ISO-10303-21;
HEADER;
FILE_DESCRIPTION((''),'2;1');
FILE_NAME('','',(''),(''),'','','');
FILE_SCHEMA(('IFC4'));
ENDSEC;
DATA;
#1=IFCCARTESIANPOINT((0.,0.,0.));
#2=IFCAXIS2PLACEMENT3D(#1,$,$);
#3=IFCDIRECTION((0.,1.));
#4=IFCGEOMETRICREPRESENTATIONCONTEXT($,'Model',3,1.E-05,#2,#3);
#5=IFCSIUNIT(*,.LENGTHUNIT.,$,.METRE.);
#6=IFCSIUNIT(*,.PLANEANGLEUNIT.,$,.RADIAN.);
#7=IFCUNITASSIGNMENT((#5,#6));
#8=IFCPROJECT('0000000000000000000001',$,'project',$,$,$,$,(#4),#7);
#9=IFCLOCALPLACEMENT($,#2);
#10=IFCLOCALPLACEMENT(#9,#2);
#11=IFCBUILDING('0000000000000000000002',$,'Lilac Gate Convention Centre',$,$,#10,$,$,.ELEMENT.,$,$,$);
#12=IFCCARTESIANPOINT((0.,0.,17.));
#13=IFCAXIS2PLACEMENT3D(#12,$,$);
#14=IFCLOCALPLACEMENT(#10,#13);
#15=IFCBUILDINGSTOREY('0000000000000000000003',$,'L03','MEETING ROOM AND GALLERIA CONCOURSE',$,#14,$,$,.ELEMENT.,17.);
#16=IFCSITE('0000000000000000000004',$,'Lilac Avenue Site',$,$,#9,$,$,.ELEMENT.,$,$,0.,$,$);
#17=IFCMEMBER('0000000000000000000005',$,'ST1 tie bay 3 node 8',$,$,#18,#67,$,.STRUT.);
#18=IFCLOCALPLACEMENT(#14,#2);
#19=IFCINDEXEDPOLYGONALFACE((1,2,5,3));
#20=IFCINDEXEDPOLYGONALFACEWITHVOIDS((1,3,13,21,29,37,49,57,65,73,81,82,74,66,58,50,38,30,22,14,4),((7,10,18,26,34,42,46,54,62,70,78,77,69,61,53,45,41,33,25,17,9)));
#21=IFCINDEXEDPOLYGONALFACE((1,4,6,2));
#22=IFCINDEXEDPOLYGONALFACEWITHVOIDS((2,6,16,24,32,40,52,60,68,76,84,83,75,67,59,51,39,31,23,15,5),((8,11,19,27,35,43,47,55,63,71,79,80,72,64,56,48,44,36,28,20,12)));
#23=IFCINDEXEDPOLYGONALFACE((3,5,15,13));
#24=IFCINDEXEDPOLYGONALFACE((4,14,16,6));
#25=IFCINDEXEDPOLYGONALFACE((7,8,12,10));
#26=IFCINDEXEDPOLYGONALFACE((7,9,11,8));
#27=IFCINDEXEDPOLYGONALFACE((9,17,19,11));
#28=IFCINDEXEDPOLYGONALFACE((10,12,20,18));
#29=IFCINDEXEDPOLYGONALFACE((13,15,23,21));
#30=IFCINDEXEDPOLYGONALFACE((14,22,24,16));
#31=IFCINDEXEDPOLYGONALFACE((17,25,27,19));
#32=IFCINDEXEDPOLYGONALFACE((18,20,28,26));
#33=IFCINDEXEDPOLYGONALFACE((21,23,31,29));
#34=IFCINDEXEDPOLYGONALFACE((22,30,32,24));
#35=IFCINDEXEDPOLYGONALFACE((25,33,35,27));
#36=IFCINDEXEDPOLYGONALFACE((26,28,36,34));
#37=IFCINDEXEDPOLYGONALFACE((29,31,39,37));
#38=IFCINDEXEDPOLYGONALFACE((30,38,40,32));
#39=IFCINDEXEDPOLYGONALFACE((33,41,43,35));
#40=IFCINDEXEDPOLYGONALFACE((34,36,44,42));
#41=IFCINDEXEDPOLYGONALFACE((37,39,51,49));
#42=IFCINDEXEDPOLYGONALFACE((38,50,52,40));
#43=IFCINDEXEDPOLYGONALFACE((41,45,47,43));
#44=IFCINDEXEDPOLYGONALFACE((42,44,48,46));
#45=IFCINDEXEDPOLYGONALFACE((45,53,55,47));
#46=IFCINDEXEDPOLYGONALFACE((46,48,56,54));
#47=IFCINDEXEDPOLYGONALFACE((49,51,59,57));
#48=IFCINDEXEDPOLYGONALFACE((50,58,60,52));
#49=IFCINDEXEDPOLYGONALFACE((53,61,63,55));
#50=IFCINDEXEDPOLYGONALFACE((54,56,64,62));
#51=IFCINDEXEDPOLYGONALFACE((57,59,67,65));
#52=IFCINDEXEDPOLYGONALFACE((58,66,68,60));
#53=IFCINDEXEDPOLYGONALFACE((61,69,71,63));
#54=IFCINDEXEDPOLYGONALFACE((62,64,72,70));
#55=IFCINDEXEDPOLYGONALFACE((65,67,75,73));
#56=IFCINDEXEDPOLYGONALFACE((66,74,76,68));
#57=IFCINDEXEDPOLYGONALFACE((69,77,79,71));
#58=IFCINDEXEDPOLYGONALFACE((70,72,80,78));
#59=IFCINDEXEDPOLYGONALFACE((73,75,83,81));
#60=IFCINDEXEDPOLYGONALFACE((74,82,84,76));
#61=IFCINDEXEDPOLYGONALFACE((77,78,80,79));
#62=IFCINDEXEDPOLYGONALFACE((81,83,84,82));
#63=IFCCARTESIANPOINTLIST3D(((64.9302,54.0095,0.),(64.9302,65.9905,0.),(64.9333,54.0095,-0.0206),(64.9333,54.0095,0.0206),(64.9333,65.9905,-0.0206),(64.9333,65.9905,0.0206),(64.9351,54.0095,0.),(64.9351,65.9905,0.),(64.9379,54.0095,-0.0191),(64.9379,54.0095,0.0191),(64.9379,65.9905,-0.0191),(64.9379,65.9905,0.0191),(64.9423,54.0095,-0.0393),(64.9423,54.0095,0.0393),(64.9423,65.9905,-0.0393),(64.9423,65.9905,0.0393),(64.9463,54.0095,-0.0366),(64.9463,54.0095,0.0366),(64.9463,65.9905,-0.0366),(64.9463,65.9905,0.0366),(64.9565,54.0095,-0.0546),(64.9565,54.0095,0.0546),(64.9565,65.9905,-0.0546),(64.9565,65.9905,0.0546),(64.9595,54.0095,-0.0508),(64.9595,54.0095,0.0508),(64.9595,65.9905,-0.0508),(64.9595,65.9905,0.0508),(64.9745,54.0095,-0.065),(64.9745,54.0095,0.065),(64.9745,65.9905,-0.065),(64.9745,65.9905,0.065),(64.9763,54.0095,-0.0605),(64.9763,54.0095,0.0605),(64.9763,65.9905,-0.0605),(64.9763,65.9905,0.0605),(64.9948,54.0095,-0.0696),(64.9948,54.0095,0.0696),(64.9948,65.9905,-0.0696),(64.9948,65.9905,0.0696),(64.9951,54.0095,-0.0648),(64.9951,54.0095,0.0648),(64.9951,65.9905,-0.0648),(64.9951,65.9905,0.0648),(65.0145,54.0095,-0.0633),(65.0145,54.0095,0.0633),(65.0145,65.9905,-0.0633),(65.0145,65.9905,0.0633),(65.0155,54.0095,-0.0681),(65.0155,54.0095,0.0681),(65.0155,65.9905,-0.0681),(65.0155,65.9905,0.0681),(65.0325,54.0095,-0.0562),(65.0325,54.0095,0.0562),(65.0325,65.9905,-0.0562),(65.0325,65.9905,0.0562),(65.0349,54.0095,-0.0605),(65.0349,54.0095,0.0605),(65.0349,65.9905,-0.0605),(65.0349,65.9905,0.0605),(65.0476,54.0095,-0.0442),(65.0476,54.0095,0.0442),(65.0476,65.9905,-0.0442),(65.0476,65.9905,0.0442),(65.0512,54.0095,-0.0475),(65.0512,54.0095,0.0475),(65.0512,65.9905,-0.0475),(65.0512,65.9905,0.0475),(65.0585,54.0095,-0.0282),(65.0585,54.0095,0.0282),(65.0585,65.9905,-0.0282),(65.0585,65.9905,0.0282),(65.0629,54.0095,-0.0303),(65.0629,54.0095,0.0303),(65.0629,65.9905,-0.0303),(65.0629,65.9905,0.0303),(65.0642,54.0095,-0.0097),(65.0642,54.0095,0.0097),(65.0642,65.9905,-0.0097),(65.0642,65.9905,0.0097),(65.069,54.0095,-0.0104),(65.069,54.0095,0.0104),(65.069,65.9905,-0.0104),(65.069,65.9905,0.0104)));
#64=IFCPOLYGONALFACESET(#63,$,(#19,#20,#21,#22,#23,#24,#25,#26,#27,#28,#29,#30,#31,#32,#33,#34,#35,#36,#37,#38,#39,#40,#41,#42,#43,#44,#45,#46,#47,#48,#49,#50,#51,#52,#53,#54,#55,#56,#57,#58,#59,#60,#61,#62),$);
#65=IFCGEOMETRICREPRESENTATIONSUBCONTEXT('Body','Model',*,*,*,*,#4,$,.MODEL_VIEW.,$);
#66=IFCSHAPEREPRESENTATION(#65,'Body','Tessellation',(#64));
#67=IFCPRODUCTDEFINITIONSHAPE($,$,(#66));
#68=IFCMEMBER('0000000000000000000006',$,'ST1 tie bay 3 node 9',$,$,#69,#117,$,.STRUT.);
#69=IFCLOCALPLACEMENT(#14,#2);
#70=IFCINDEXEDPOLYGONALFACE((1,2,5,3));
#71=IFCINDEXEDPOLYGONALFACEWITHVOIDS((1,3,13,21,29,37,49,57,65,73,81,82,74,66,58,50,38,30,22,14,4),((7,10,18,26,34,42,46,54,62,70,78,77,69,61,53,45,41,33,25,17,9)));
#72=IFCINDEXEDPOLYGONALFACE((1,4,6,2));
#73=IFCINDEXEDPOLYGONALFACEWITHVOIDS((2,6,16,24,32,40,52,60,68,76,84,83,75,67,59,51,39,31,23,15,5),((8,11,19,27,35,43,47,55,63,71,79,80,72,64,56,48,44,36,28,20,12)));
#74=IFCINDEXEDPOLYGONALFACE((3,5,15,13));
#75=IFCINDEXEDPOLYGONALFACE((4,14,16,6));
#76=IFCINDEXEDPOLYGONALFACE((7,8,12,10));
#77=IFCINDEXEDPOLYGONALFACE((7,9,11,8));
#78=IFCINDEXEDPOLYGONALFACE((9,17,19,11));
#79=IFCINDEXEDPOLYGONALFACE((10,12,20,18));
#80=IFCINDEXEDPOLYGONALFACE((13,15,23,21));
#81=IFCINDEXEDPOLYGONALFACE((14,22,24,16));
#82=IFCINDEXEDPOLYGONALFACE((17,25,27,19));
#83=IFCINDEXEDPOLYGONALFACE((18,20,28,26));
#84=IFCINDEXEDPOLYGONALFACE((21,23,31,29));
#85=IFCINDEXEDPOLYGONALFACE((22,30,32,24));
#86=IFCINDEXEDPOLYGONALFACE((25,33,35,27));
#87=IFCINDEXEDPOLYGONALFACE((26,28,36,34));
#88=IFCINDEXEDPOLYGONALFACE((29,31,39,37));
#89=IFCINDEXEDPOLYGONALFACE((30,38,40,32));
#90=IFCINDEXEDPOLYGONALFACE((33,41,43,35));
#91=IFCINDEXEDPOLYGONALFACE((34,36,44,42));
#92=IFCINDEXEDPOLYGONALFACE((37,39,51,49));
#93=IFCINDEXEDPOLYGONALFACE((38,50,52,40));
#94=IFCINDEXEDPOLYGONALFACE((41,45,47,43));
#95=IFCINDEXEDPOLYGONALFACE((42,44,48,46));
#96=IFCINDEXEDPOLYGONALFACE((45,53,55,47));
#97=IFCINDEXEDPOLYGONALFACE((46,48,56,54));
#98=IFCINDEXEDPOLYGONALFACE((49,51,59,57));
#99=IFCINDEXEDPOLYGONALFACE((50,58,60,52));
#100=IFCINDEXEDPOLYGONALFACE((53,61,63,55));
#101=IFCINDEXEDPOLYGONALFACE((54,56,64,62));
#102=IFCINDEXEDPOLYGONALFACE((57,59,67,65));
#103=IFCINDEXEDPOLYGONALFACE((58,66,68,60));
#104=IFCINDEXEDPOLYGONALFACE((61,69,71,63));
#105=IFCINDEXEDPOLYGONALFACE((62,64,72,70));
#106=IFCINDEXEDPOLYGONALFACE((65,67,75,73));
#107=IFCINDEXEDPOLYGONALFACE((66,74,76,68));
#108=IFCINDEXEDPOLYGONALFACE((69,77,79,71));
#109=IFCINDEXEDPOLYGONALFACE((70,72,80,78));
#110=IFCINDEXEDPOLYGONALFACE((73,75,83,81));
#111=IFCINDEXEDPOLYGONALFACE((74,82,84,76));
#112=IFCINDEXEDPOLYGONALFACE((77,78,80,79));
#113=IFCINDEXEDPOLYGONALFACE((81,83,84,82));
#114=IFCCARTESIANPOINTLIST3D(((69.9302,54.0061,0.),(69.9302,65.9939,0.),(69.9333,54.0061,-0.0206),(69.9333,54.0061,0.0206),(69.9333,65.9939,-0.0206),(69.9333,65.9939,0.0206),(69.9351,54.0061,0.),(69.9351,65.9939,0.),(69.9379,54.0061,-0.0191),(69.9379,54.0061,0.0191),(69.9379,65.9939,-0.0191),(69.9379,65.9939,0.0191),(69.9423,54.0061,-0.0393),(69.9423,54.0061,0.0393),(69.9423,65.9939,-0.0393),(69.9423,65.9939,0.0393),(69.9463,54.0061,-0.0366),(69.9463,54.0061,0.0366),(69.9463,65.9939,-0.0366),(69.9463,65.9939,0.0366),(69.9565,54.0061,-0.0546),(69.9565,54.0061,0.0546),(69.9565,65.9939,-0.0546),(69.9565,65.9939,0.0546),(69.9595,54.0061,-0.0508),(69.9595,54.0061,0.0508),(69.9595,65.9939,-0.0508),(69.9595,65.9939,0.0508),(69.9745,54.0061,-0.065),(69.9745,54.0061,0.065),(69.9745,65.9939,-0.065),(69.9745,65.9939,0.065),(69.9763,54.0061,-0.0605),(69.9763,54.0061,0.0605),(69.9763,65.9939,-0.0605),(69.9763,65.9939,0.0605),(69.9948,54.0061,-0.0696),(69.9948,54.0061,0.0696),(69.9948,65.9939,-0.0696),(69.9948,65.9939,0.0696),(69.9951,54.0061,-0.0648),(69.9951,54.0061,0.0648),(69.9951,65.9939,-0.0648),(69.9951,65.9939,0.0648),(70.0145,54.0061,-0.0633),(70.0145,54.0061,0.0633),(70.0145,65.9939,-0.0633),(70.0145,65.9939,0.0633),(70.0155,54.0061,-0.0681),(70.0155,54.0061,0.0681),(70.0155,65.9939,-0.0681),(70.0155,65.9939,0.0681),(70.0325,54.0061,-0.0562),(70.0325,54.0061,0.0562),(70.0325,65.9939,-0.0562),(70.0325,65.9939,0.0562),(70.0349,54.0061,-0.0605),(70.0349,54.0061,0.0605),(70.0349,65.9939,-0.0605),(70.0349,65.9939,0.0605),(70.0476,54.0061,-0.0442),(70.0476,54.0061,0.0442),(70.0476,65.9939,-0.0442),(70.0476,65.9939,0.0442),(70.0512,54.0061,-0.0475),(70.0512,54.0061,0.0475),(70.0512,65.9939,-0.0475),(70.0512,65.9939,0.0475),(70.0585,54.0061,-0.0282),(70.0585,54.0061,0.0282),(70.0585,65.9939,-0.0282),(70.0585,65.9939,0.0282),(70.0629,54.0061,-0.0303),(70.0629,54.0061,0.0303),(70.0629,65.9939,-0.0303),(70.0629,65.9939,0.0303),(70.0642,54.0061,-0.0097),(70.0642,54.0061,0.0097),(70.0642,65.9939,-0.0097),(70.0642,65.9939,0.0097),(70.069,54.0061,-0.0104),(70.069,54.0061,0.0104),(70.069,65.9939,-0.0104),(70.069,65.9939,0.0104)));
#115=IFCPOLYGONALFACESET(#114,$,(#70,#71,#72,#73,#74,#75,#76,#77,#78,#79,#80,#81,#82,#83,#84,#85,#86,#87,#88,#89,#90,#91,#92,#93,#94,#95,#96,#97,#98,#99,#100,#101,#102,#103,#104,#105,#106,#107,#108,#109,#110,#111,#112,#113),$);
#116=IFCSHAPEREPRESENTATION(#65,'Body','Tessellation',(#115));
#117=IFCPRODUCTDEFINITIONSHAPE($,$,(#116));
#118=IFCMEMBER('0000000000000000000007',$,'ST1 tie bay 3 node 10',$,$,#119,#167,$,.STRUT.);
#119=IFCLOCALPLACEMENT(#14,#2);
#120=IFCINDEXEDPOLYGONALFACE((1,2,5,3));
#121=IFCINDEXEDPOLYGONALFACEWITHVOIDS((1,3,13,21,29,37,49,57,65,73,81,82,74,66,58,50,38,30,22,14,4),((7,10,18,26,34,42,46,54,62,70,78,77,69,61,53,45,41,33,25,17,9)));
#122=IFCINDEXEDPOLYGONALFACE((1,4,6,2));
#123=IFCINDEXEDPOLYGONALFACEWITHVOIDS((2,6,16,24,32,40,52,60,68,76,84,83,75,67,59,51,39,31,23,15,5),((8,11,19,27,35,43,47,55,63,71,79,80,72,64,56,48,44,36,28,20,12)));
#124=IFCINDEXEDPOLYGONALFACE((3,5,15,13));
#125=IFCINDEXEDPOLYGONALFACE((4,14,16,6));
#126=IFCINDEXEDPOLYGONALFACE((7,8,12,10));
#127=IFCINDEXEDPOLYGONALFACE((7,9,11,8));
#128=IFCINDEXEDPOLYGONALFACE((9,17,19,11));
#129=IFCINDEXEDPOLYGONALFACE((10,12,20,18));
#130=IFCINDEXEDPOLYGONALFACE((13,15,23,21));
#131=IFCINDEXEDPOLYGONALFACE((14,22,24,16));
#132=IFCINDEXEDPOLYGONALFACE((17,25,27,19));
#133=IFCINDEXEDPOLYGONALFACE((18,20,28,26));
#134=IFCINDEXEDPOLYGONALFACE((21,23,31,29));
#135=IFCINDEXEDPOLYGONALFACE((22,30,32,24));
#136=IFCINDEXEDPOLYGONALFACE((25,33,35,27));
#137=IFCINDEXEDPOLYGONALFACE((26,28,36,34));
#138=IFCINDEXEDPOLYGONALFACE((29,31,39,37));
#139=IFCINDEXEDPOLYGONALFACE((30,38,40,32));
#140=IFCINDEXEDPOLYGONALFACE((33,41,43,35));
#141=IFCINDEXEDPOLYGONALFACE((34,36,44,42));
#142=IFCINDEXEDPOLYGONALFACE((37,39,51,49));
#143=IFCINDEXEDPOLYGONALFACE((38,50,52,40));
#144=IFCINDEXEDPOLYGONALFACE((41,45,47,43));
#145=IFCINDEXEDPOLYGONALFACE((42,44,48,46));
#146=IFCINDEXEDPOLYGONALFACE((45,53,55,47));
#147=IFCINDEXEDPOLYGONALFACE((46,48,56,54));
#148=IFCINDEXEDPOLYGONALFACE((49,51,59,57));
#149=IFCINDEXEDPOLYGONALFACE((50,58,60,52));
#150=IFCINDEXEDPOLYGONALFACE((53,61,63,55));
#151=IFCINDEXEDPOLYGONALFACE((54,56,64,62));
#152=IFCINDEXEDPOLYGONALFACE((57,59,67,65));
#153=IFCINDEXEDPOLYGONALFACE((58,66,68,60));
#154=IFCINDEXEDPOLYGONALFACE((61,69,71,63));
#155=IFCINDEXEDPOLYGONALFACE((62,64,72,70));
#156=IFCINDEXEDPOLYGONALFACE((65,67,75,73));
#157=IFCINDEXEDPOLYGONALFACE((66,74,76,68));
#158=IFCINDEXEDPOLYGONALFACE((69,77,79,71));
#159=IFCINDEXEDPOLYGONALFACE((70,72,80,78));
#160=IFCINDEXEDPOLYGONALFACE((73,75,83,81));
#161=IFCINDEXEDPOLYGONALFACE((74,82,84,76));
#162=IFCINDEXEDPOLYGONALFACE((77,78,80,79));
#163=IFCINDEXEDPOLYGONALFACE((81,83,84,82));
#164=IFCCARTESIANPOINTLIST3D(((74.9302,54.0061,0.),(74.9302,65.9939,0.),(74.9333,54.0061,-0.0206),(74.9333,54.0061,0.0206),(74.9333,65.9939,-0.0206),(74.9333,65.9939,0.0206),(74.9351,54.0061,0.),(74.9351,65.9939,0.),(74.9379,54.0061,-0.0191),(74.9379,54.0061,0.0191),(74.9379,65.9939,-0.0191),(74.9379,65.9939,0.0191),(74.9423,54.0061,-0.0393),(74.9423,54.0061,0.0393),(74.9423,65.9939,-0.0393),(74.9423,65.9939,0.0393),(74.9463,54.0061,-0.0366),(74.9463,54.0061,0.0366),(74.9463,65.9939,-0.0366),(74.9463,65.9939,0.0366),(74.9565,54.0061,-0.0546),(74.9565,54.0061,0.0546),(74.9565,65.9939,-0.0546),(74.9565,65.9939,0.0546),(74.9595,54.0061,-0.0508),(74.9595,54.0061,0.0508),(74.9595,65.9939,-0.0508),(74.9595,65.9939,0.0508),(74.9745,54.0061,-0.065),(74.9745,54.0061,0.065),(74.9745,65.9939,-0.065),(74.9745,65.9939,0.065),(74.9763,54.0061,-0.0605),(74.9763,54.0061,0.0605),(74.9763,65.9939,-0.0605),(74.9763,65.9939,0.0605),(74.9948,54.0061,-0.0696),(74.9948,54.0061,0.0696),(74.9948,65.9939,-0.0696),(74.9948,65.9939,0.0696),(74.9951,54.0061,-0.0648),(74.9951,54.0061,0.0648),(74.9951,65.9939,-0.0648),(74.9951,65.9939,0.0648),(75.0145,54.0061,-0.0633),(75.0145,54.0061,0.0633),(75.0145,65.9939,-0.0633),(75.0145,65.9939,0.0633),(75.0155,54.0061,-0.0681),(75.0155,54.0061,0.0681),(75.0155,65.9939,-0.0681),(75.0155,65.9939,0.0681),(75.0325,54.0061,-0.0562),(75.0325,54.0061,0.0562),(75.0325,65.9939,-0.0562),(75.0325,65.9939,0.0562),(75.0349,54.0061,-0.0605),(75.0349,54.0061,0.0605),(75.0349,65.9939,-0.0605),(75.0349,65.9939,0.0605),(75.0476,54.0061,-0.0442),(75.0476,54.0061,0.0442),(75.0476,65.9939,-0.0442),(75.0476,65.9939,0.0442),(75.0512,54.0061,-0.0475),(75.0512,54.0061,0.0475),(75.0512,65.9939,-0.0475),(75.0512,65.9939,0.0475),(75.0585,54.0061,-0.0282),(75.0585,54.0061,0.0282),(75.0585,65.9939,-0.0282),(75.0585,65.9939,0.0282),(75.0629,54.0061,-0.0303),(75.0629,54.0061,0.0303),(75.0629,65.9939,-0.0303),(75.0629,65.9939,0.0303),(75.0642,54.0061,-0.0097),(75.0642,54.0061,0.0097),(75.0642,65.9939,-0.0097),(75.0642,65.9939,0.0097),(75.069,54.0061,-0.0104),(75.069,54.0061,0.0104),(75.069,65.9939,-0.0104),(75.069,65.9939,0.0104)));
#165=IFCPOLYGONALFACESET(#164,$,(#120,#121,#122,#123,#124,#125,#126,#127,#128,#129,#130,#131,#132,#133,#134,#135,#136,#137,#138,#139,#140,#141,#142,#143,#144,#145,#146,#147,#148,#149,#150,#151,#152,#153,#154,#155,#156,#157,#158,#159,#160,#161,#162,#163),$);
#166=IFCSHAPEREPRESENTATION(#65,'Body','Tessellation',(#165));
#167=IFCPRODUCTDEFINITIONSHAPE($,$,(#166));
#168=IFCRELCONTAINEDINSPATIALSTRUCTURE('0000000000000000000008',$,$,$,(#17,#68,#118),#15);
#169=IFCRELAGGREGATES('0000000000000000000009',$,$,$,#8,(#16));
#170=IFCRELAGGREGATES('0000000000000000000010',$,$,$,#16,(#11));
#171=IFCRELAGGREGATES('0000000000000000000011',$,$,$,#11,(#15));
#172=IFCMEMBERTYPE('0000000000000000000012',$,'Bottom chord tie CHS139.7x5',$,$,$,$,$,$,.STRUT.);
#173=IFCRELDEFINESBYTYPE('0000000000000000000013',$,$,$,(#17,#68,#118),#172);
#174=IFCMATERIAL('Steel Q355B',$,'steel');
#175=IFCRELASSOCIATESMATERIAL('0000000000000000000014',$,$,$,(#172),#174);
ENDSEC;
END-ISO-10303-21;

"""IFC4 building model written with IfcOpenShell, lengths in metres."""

from ifc_helpers import new_model, si_unit, direction, frame, origin, origin_2d, place, context, subcontext, project, spatial, hollow_circle, extrude, material, material_profile, profile_set, type_object, element, save


model = new_model("IFC4")

# Units and contexts
model_context = context("Model", 3, precision=1e-05, world=origin(), true_north=direction((0.0, 1.0)))
body_context = subcontext(model_context, "Body", "Model", "MODEL_VIEW")
ifc_project = project(units=[si_unit("LENGTHUNIT", "METRE"), si_unit("PLANEANGLEUNIT", "RADIAN")], contexts=[model_context])

# Site, building, storey
site_placement = place(None, origin())
site = spatial("IfcSite", under=ifc_project, at=site_placement, Name="Lilac Avenue Site", CompositionType="ELEMENT", RefElevation=0.0)
building_placement = place(site_placement, origin())
building = spatial("IfcBuilding", under=site, at=building_placement, Name="Lilac Gate Convention Centre", CompositionType="ELEMENT")
storey_placement = place(building_placement, frame((0.0, 0.0, 17.0)))
storey = spatial("IfcBuildingStorey", under=building, at=storey_placement, Name="L03", Description="MEETING ROOM AND GALLERIA CONCOURSE", CompositionType="ELEMENT", Elevation=17.0)

# Members
ifc_material = material(Name="Steel Q355B", Category="steel")
ifc_material_profile_1 = material_profile(ifc_material, hollow_circle(Radius=0.0698, WallThickness=0.0049, at=origin_2d()), Name="CHS139.7x5")
ifc_profile_set_1 = profile_set([ifc_material_profile_1], Name="Steel Q355B")
member_type_1 = type_object("IfcMemberType", Name="Bottom chord tie CHS139.7x5", PredefinedType="STRUT", material=ifc_profile_set_1)
member_1_placement = place(storey_placement, frame((65.0, 54.0095, 0.0), z_axis=(0.0, 1.0, 0.0), x_axis=(-1.0, 0.0, 0.0)))
element("IfcMember", 1, at=member_1_placement, inside=storey, type_object=member_type_1, Name="ST1 tie bay 3 node 8", PredefinedType="STRUT", context=body_context, shape_type="SweptSolid", body=[
    extrude(hollow_circle(Radius=0.0698, WallThickness=0.0049, at=origin_2d()), origin(), (0.0, 0.0, 1.0), 11.981),
])
for number, where, z_axis, x_axis, name in (
    (2, (70.0, 54.0061, 0.0), (0.0, 1.0, 0.0), (-1.0, 0.0, 0.0), "ST1 tie bay 3 node 9"),
    (3, (75.0, 54.0061, 0.0), (0.0, 1.0, 0.0), (-1.0, 0.0, 0.0), "ST1 tie bay 3 node 10"),
):
    element("IfcMember", number, at=place(storey_placement, frame(where, z_axis=z_axis, x_axis=x_axis)), inside=storey, type_object=member_type_1, Name=name, PredefinedType="STRUT", context=body_context, shape_type="SweptSolid", body=[
        extrude(hollow_circle(Radius=0.0698, WallThickness=0.0049, at=origin_2d()), origin(), (0.0, 0.0, 1.0), 11.9878),
    ])

save(model, "model.ifc")
